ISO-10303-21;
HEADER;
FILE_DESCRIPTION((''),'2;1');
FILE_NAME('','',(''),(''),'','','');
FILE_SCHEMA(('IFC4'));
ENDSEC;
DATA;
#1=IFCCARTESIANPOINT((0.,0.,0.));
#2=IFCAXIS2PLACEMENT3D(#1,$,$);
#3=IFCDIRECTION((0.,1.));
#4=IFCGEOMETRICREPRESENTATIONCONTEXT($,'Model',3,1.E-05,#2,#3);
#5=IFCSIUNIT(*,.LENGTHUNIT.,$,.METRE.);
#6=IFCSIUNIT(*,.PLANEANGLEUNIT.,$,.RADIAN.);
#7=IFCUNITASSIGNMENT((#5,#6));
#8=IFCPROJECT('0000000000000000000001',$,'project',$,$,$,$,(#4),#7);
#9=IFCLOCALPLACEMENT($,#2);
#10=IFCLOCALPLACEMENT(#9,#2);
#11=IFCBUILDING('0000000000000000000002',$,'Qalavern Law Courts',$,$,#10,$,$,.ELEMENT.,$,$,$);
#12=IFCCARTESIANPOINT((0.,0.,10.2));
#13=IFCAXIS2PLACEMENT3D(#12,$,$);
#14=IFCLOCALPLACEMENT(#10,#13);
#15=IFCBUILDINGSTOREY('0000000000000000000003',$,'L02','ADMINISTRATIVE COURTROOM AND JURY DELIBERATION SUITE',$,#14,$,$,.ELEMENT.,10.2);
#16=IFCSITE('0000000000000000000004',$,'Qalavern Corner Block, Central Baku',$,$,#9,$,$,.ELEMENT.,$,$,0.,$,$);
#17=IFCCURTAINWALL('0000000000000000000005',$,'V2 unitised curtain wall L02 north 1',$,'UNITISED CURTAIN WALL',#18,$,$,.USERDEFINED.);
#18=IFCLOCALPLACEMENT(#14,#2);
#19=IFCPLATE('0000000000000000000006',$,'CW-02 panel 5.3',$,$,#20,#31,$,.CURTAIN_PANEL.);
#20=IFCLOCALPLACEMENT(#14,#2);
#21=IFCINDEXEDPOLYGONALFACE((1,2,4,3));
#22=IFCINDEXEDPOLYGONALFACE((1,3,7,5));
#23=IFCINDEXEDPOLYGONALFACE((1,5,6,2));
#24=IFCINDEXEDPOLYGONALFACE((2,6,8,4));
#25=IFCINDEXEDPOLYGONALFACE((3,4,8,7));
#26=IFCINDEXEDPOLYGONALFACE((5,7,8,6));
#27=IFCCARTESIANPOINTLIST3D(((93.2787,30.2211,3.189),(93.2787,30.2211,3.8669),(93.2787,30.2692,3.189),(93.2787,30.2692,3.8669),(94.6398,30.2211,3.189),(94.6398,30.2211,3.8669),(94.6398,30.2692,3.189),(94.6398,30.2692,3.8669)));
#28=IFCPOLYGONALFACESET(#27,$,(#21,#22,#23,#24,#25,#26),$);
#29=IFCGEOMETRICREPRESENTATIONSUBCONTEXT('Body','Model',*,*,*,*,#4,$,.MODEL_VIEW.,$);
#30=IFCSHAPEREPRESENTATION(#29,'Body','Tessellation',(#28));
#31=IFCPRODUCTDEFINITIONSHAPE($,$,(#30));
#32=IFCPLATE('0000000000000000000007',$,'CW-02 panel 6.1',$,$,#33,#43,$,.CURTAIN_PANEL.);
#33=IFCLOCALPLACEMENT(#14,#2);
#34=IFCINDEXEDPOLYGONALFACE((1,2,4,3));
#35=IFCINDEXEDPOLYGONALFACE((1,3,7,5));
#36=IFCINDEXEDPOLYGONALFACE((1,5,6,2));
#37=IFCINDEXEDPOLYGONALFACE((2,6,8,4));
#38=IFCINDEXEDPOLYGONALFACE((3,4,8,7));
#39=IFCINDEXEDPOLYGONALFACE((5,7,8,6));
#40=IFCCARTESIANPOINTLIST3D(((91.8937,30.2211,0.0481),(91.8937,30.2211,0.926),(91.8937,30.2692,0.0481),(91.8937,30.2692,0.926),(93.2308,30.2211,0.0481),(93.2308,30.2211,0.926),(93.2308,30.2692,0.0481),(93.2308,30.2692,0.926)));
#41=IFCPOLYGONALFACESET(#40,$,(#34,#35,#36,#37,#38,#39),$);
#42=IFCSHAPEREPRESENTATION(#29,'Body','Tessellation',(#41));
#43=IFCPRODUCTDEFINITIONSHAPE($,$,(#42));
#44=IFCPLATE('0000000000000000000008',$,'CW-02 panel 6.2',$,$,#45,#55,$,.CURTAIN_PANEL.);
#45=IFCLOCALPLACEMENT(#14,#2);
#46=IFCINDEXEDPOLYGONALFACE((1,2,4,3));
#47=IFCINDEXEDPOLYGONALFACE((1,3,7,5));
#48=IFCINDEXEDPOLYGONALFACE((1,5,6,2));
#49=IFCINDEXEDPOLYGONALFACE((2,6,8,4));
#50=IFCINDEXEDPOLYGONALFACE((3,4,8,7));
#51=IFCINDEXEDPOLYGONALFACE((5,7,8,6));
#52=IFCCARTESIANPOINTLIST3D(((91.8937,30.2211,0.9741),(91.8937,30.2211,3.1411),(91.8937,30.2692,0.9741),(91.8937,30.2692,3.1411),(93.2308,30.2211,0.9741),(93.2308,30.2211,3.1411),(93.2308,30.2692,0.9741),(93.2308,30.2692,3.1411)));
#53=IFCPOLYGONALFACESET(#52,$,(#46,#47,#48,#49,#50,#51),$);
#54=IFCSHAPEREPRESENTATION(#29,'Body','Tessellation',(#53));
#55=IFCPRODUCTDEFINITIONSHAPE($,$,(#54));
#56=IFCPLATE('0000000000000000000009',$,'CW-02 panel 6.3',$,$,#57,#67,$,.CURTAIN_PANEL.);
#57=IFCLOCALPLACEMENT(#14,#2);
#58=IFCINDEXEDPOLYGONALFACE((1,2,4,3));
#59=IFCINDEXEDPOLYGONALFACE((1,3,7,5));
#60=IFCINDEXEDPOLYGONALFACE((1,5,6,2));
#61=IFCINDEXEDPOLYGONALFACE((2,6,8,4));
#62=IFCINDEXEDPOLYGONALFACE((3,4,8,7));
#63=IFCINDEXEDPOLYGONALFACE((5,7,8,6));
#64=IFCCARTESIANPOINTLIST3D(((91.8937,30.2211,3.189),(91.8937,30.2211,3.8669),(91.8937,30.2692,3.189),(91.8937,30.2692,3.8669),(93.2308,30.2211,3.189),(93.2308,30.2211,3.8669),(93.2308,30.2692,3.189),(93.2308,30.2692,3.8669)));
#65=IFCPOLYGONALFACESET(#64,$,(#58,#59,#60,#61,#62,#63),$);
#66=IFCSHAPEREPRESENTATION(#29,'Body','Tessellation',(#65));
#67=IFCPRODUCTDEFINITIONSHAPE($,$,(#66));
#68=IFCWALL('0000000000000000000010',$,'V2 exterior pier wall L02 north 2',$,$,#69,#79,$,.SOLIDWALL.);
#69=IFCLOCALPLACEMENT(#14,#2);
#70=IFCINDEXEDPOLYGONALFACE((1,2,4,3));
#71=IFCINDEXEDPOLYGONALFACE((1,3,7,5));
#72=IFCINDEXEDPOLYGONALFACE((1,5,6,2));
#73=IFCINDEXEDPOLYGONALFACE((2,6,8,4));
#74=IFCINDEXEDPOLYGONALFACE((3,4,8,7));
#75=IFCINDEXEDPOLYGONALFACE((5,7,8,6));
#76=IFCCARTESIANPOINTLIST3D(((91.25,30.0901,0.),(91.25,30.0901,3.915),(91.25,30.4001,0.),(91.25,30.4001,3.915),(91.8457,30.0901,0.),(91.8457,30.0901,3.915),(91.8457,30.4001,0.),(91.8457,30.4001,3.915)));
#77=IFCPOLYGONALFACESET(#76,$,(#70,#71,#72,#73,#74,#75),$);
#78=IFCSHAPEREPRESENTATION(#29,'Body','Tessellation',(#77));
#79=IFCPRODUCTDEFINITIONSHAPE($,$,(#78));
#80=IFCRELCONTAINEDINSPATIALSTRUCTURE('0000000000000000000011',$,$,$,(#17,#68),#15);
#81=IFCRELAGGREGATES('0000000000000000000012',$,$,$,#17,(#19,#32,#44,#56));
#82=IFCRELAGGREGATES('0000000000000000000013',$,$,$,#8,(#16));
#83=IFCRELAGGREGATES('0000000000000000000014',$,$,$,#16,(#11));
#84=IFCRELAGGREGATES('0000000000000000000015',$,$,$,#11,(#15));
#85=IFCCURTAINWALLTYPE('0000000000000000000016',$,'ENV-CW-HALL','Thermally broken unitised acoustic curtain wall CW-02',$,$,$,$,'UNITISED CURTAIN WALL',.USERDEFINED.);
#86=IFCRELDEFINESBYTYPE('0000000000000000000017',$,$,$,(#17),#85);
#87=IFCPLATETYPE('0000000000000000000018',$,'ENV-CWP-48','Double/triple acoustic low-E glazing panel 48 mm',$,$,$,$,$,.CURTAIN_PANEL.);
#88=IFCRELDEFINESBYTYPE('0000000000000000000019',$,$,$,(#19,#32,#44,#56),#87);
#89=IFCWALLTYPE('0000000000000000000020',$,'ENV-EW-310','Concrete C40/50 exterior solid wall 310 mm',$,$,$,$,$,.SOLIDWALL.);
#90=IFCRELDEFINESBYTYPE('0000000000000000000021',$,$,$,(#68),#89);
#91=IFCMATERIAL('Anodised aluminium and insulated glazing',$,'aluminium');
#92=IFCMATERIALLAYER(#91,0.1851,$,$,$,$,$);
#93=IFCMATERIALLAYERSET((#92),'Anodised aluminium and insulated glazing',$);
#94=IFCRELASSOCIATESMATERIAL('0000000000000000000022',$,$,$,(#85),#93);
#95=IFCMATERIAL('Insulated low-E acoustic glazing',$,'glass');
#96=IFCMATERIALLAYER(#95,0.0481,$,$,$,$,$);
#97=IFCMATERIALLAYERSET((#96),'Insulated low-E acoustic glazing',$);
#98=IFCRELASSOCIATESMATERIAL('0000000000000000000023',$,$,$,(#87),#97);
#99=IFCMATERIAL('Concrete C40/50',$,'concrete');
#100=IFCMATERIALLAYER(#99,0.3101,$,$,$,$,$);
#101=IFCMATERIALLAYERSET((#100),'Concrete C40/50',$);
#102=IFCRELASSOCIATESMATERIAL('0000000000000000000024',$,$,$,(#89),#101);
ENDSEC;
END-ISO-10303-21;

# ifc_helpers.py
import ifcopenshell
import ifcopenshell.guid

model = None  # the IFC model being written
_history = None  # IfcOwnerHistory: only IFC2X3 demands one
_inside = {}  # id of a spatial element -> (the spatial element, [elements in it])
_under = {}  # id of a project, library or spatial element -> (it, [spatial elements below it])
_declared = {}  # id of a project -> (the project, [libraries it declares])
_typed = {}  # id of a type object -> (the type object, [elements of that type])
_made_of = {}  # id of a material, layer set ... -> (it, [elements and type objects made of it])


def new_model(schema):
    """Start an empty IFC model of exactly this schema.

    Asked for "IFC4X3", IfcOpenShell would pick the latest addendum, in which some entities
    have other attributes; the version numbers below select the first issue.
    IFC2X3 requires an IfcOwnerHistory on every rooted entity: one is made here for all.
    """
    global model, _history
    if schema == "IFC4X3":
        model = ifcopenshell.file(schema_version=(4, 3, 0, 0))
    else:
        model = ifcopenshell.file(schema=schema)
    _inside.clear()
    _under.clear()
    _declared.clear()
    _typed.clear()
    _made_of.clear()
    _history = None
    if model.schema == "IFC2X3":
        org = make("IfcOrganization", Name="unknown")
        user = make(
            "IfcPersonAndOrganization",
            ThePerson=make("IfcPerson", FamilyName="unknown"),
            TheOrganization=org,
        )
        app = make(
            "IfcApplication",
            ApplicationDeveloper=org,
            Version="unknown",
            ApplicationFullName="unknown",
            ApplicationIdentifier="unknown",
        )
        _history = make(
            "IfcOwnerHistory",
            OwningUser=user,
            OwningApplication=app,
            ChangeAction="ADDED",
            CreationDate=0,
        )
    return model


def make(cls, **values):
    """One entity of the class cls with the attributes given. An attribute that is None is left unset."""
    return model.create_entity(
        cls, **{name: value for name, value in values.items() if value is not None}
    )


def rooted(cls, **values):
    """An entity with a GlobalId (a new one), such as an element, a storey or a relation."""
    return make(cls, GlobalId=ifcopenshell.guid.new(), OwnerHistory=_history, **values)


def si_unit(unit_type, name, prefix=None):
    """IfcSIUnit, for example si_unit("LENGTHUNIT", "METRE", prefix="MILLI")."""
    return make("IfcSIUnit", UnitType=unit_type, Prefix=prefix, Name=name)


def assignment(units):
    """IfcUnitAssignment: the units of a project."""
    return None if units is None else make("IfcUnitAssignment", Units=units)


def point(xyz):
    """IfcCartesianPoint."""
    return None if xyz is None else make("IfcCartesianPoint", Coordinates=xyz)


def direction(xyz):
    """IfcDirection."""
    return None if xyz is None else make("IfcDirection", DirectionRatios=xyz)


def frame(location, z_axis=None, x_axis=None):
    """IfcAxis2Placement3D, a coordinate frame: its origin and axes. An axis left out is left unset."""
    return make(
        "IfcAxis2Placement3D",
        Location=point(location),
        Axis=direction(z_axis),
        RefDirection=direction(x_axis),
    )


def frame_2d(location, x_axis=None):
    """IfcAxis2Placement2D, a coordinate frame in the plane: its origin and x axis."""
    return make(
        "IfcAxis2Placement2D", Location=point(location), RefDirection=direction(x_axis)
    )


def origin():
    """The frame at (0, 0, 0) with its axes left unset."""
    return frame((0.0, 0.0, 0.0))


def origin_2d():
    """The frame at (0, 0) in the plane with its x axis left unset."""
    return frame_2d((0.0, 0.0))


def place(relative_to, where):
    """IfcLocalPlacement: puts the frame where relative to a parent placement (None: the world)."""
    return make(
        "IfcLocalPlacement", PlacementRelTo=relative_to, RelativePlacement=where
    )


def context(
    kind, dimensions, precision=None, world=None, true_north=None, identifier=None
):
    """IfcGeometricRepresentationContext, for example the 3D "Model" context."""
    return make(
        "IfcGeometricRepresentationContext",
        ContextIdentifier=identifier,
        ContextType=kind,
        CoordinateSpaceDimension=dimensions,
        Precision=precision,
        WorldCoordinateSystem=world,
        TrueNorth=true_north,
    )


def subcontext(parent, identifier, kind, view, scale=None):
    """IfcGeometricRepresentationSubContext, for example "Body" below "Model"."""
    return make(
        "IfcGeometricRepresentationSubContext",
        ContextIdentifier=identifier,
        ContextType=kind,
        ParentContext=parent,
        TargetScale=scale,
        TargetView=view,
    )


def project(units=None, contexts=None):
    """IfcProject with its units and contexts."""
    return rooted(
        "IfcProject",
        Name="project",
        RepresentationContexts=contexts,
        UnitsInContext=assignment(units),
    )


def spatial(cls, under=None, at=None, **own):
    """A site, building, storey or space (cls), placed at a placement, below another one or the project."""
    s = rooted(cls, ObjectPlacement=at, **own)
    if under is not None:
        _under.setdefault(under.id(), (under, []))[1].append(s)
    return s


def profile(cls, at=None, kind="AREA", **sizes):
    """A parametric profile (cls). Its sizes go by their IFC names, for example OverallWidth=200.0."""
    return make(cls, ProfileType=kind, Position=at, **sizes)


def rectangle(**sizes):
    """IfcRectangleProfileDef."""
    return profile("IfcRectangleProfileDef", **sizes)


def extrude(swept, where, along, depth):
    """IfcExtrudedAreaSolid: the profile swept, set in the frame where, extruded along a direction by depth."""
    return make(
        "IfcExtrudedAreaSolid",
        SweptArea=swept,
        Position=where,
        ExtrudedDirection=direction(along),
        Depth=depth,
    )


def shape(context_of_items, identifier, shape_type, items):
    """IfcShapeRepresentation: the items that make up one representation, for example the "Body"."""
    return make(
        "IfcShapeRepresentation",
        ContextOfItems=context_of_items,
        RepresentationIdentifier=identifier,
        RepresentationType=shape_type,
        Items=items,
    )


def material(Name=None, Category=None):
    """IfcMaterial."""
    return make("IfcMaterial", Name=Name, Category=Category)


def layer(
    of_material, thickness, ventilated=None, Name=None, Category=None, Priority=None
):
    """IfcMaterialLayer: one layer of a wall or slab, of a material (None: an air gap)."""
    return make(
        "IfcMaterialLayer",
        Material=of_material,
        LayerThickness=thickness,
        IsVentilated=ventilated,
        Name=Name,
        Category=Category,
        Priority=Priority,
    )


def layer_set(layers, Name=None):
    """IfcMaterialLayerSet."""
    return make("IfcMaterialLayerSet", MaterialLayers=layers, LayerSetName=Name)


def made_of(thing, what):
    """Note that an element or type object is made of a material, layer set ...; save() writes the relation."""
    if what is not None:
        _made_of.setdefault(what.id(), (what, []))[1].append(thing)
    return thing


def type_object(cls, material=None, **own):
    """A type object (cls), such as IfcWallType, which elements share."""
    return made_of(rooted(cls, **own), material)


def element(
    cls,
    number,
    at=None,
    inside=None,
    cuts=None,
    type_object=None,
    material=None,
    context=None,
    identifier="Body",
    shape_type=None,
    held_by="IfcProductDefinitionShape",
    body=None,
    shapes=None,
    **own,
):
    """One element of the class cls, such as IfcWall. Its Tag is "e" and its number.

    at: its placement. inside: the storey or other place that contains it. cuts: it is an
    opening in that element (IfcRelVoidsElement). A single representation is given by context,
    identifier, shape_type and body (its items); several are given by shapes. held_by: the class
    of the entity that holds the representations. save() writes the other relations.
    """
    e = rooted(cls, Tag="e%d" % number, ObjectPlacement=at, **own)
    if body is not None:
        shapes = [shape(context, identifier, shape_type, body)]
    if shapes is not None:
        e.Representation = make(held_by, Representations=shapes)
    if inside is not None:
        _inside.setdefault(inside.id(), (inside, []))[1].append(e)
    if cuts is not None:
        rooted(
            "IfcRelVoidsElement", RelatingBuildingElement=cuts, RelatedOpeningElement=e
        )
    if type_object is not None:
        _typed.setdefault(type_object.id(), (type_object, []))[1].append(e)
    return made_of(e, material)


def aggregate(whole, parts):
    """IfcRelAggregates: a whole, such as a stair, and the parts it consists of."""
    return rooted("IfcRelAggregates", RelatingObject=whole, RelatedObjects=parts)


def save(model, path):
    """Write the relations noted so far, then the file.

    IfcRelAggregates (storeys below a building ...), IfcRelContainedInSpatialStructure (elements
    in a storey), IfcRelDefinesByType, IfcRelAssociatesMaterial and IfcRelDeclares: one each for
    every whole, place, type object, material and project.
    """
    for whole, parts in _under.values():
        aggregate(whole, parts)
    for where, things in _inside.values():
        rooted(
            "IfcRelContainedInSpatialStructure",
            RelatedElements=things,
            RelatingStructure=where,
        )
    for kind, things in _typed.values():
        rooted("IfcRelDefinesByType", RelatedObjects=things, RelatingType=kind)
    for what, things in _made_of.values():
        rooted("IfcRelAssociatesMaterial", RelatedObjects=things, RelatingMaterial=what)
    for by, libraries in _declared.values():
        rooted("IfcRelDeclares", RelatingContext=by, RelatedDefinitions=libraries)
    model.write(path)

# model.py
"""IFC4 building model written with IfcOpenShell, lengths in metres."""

from ifc_helpers import new_model, si_unit, direction, frame, frame_2d, origin, origin_2d, place, context, subcontext, project, spatial, rectangle, extrude, material, layer, layer_set, type_object, element, aggregate, save


model = new_model("IFC4")

# Units and contexts
model_context = context("Model", 3, precision=1e-05, world=origin(), true_north=direction((0.0, 1.0)))
body_context = subcontext(model_context, "Body", "Model", "MODEL_VIEW")
ifc_project = project(units=[si_unit("LENGTHUNIT", "METRE"), si_unit("PLANEANGLEUNIT", "RADIAN")], contexts=[model_context])

# Site, building, storey
site_placement = place(None, origin())
site = spatial("IfcSite", under=ifc_project, at=site_placement, Name="Qalavern Corner Block, Central Baku", CompositionType="ELEMENT", RefElevation=0.0)
building_placement = place(site_placement, origin())
building = spatial("IfcBuilding", under=site, at=building_placement, Name="Qalavern Law Courts", CompositionType="ELEMENT")
storey_placement = place(building_placement, frame((0.0, 0.0, 10.2)))
storey = spatial("IfcBuildingStorey", under=building, at=storey_placement, Name="L02", Description="ADMINISTRATIVE COURTROOM AND JURY DELIBERATION SUITE", CompositionType="ELEMENT", Elevation=10.2)

# Curtain wall
ifc_material_1 = material(Name="Anodised aluminium and insulated glazing", Category="aluminium")
ifc_layer_1 = layer(ifc_material_1, 0.1851)
ifc_layer_set_1 = layer_set([ifc_layer_1], Name="Anodised aluminium and insulated glazing")
curtain_wall_type = type_object("IfcCurtainWallType", Name="ENV-CW-HALL", Description="Thermally broken unitised acoustic curtain wall CW-02", ElementType="UNITISED CURTAIN WALL", PredefinedType="USERDEFINED", material=ifc_layer_set_1)
curtain_wall_placement = place(storey_placement, origin())
curtain_wall = element("IfcCurtainWall", 1, at=curtain_wall_placement, inside=storey, type_object=curtain_wall_type, Name="V2 unitised curtain wall L02 north 1", ObjectType="UNITISED CURTAIN WALL", PredefinedType="USERDEFINED")

# Shared definitions
ifc_material_2 = material(Name="Concrete C40/50", Category="concrete")

# Plates
ifc_material_3 = material(Name="Insulated low-E acoustic glazing", Category="glass")
ifc_layer_2 = layer(ifc_material_3, 0.0481)
ifc_layer_set_2 = layer_set([ifc_layer_2], Name="Insulated low-E acoustic glazing")
plate_type = type_object("IfcPlateType", Name="ENV-CWP-48", Description="Double/triple acoustic low-E glazing panel 48 mm", PredefinedType="CURTAIN_PANEL", material=ifc_layer_set_2)
plate_1_placement = place(storey_placement, frame((93.9592, 30.2451, 3.189), z_axis=(0.0, 0.0, 1.0), x_axis=(-1.0, 0.0, 0.0)))
plate_1 = element("IfcPlate", 2, at=plate_1_placement, type_object=plate_type, Name="CW-02 panel 5.3", PredefinedType="CURTAIN_PANEL", context=body_context, shape_type="SweptSolid", body=[
    extrude(rectangle(XDim=1.3611, YDim=0.0481, at=origin_2d()), origin(), (0.0, 0.0, 1.0), 0.678),
])
plate_2_placement = place(storey_placement, frame((92.5623, 30.2451, 0.0481), z_axis=(0.0, 0.0, 1.0), x_axis=(-1.0, 0.0, 0.0)))
plate_2 = element("IfcPlate", 3, at=plate_2_placement, type_object=plate_type, Name="CW-02 panel 6.1", PredefinedType="CURTAIN_PANEL", context=body_context, shape_type="SweptSolid", body=[
    extrude(rectangle(XDim=1.3372, YDim=0.0481, at=origin_2d()), origin(), (0.0, 0.0, 1.0), 0.8779),
])
plate_3_placement = place(storey_placement, frame((92.5623, 30.2451, 0.9741), z_axis=(0.0, 0.0, 1.0), x_axis=(-1.0, 0.0, 0.0)))
plate_3 = element("IfcPlate", 4, at=plate_3_placement, type_object=plate_type, Name="CW-02 panel 6.2", PredefinedType="CURTAIN_PANEL", context=body_context, shape_type="SweptSolid", body=[
    extrude(rectangle(XDim=1.3372, YDim=0.0481, at=origin_2d()), origin(), (0.0, 0.0, 1.0), 2.167),
])
plate_4_placement = place(storey_placement, frame((92.5623, 30.2451, 3.189), z_axis=(0.0, 0.0, 1.0), x_axis=(-1.0, 0.0, 0.0)))
plate_4 = element("IfcPlate", 5, at=plate_4_placement, type_object=plate_type, Name="CW-02 panel 6.3", PredefinedType="CURTAIN_PANEL", context=body_context, shape_type="SweptSolid", body=[
    extrude(rectangle(XDim=1.3372, YDim=0.0481, at=origin_2d()), origin(), (0.0, 0.0, 1.0), 0.678),
])
aggregate(curtain_wall, [plate_1, plate_2, plate_3, plate_4])

# Wall
ifc_layer_3 = layer(ifc_material_2, 0.3101)
ifc_layer_set_3 = layer_set([ifc_layer_3], Name="Concrete C40/50")
wall_type = type_object("IfcWallType", Name="ENV-EW-310", Description="Concrete C40/50 exterior solid wall 310 mm", PredefinedType="SOLIDWALL", material=ifc_layer_set_3)
wall_placement = place(storey_placement, frame((91.8457, 30.2451, 0.0), z_axis=(0.0, 0.0, 1.0), x_axis=(-1.0, 0.0, 0.0)))
element("IfcWall", 6, at=wall_placement, inside=storey, type_object=wall_type, Name="V2 exterior pier wall L02 north 2", PredefinedType="SOLIDWALL", context=body_context, shape_type="SweptSolid", body=[
    extrude(rectangle(XDim=0.5957, YDim=0.3101, at=frame_2d((0.2979, 0.0))), origin(), (0.0, 0.0, 1.0), 3.915),
])

save(model, "model.ifc")
